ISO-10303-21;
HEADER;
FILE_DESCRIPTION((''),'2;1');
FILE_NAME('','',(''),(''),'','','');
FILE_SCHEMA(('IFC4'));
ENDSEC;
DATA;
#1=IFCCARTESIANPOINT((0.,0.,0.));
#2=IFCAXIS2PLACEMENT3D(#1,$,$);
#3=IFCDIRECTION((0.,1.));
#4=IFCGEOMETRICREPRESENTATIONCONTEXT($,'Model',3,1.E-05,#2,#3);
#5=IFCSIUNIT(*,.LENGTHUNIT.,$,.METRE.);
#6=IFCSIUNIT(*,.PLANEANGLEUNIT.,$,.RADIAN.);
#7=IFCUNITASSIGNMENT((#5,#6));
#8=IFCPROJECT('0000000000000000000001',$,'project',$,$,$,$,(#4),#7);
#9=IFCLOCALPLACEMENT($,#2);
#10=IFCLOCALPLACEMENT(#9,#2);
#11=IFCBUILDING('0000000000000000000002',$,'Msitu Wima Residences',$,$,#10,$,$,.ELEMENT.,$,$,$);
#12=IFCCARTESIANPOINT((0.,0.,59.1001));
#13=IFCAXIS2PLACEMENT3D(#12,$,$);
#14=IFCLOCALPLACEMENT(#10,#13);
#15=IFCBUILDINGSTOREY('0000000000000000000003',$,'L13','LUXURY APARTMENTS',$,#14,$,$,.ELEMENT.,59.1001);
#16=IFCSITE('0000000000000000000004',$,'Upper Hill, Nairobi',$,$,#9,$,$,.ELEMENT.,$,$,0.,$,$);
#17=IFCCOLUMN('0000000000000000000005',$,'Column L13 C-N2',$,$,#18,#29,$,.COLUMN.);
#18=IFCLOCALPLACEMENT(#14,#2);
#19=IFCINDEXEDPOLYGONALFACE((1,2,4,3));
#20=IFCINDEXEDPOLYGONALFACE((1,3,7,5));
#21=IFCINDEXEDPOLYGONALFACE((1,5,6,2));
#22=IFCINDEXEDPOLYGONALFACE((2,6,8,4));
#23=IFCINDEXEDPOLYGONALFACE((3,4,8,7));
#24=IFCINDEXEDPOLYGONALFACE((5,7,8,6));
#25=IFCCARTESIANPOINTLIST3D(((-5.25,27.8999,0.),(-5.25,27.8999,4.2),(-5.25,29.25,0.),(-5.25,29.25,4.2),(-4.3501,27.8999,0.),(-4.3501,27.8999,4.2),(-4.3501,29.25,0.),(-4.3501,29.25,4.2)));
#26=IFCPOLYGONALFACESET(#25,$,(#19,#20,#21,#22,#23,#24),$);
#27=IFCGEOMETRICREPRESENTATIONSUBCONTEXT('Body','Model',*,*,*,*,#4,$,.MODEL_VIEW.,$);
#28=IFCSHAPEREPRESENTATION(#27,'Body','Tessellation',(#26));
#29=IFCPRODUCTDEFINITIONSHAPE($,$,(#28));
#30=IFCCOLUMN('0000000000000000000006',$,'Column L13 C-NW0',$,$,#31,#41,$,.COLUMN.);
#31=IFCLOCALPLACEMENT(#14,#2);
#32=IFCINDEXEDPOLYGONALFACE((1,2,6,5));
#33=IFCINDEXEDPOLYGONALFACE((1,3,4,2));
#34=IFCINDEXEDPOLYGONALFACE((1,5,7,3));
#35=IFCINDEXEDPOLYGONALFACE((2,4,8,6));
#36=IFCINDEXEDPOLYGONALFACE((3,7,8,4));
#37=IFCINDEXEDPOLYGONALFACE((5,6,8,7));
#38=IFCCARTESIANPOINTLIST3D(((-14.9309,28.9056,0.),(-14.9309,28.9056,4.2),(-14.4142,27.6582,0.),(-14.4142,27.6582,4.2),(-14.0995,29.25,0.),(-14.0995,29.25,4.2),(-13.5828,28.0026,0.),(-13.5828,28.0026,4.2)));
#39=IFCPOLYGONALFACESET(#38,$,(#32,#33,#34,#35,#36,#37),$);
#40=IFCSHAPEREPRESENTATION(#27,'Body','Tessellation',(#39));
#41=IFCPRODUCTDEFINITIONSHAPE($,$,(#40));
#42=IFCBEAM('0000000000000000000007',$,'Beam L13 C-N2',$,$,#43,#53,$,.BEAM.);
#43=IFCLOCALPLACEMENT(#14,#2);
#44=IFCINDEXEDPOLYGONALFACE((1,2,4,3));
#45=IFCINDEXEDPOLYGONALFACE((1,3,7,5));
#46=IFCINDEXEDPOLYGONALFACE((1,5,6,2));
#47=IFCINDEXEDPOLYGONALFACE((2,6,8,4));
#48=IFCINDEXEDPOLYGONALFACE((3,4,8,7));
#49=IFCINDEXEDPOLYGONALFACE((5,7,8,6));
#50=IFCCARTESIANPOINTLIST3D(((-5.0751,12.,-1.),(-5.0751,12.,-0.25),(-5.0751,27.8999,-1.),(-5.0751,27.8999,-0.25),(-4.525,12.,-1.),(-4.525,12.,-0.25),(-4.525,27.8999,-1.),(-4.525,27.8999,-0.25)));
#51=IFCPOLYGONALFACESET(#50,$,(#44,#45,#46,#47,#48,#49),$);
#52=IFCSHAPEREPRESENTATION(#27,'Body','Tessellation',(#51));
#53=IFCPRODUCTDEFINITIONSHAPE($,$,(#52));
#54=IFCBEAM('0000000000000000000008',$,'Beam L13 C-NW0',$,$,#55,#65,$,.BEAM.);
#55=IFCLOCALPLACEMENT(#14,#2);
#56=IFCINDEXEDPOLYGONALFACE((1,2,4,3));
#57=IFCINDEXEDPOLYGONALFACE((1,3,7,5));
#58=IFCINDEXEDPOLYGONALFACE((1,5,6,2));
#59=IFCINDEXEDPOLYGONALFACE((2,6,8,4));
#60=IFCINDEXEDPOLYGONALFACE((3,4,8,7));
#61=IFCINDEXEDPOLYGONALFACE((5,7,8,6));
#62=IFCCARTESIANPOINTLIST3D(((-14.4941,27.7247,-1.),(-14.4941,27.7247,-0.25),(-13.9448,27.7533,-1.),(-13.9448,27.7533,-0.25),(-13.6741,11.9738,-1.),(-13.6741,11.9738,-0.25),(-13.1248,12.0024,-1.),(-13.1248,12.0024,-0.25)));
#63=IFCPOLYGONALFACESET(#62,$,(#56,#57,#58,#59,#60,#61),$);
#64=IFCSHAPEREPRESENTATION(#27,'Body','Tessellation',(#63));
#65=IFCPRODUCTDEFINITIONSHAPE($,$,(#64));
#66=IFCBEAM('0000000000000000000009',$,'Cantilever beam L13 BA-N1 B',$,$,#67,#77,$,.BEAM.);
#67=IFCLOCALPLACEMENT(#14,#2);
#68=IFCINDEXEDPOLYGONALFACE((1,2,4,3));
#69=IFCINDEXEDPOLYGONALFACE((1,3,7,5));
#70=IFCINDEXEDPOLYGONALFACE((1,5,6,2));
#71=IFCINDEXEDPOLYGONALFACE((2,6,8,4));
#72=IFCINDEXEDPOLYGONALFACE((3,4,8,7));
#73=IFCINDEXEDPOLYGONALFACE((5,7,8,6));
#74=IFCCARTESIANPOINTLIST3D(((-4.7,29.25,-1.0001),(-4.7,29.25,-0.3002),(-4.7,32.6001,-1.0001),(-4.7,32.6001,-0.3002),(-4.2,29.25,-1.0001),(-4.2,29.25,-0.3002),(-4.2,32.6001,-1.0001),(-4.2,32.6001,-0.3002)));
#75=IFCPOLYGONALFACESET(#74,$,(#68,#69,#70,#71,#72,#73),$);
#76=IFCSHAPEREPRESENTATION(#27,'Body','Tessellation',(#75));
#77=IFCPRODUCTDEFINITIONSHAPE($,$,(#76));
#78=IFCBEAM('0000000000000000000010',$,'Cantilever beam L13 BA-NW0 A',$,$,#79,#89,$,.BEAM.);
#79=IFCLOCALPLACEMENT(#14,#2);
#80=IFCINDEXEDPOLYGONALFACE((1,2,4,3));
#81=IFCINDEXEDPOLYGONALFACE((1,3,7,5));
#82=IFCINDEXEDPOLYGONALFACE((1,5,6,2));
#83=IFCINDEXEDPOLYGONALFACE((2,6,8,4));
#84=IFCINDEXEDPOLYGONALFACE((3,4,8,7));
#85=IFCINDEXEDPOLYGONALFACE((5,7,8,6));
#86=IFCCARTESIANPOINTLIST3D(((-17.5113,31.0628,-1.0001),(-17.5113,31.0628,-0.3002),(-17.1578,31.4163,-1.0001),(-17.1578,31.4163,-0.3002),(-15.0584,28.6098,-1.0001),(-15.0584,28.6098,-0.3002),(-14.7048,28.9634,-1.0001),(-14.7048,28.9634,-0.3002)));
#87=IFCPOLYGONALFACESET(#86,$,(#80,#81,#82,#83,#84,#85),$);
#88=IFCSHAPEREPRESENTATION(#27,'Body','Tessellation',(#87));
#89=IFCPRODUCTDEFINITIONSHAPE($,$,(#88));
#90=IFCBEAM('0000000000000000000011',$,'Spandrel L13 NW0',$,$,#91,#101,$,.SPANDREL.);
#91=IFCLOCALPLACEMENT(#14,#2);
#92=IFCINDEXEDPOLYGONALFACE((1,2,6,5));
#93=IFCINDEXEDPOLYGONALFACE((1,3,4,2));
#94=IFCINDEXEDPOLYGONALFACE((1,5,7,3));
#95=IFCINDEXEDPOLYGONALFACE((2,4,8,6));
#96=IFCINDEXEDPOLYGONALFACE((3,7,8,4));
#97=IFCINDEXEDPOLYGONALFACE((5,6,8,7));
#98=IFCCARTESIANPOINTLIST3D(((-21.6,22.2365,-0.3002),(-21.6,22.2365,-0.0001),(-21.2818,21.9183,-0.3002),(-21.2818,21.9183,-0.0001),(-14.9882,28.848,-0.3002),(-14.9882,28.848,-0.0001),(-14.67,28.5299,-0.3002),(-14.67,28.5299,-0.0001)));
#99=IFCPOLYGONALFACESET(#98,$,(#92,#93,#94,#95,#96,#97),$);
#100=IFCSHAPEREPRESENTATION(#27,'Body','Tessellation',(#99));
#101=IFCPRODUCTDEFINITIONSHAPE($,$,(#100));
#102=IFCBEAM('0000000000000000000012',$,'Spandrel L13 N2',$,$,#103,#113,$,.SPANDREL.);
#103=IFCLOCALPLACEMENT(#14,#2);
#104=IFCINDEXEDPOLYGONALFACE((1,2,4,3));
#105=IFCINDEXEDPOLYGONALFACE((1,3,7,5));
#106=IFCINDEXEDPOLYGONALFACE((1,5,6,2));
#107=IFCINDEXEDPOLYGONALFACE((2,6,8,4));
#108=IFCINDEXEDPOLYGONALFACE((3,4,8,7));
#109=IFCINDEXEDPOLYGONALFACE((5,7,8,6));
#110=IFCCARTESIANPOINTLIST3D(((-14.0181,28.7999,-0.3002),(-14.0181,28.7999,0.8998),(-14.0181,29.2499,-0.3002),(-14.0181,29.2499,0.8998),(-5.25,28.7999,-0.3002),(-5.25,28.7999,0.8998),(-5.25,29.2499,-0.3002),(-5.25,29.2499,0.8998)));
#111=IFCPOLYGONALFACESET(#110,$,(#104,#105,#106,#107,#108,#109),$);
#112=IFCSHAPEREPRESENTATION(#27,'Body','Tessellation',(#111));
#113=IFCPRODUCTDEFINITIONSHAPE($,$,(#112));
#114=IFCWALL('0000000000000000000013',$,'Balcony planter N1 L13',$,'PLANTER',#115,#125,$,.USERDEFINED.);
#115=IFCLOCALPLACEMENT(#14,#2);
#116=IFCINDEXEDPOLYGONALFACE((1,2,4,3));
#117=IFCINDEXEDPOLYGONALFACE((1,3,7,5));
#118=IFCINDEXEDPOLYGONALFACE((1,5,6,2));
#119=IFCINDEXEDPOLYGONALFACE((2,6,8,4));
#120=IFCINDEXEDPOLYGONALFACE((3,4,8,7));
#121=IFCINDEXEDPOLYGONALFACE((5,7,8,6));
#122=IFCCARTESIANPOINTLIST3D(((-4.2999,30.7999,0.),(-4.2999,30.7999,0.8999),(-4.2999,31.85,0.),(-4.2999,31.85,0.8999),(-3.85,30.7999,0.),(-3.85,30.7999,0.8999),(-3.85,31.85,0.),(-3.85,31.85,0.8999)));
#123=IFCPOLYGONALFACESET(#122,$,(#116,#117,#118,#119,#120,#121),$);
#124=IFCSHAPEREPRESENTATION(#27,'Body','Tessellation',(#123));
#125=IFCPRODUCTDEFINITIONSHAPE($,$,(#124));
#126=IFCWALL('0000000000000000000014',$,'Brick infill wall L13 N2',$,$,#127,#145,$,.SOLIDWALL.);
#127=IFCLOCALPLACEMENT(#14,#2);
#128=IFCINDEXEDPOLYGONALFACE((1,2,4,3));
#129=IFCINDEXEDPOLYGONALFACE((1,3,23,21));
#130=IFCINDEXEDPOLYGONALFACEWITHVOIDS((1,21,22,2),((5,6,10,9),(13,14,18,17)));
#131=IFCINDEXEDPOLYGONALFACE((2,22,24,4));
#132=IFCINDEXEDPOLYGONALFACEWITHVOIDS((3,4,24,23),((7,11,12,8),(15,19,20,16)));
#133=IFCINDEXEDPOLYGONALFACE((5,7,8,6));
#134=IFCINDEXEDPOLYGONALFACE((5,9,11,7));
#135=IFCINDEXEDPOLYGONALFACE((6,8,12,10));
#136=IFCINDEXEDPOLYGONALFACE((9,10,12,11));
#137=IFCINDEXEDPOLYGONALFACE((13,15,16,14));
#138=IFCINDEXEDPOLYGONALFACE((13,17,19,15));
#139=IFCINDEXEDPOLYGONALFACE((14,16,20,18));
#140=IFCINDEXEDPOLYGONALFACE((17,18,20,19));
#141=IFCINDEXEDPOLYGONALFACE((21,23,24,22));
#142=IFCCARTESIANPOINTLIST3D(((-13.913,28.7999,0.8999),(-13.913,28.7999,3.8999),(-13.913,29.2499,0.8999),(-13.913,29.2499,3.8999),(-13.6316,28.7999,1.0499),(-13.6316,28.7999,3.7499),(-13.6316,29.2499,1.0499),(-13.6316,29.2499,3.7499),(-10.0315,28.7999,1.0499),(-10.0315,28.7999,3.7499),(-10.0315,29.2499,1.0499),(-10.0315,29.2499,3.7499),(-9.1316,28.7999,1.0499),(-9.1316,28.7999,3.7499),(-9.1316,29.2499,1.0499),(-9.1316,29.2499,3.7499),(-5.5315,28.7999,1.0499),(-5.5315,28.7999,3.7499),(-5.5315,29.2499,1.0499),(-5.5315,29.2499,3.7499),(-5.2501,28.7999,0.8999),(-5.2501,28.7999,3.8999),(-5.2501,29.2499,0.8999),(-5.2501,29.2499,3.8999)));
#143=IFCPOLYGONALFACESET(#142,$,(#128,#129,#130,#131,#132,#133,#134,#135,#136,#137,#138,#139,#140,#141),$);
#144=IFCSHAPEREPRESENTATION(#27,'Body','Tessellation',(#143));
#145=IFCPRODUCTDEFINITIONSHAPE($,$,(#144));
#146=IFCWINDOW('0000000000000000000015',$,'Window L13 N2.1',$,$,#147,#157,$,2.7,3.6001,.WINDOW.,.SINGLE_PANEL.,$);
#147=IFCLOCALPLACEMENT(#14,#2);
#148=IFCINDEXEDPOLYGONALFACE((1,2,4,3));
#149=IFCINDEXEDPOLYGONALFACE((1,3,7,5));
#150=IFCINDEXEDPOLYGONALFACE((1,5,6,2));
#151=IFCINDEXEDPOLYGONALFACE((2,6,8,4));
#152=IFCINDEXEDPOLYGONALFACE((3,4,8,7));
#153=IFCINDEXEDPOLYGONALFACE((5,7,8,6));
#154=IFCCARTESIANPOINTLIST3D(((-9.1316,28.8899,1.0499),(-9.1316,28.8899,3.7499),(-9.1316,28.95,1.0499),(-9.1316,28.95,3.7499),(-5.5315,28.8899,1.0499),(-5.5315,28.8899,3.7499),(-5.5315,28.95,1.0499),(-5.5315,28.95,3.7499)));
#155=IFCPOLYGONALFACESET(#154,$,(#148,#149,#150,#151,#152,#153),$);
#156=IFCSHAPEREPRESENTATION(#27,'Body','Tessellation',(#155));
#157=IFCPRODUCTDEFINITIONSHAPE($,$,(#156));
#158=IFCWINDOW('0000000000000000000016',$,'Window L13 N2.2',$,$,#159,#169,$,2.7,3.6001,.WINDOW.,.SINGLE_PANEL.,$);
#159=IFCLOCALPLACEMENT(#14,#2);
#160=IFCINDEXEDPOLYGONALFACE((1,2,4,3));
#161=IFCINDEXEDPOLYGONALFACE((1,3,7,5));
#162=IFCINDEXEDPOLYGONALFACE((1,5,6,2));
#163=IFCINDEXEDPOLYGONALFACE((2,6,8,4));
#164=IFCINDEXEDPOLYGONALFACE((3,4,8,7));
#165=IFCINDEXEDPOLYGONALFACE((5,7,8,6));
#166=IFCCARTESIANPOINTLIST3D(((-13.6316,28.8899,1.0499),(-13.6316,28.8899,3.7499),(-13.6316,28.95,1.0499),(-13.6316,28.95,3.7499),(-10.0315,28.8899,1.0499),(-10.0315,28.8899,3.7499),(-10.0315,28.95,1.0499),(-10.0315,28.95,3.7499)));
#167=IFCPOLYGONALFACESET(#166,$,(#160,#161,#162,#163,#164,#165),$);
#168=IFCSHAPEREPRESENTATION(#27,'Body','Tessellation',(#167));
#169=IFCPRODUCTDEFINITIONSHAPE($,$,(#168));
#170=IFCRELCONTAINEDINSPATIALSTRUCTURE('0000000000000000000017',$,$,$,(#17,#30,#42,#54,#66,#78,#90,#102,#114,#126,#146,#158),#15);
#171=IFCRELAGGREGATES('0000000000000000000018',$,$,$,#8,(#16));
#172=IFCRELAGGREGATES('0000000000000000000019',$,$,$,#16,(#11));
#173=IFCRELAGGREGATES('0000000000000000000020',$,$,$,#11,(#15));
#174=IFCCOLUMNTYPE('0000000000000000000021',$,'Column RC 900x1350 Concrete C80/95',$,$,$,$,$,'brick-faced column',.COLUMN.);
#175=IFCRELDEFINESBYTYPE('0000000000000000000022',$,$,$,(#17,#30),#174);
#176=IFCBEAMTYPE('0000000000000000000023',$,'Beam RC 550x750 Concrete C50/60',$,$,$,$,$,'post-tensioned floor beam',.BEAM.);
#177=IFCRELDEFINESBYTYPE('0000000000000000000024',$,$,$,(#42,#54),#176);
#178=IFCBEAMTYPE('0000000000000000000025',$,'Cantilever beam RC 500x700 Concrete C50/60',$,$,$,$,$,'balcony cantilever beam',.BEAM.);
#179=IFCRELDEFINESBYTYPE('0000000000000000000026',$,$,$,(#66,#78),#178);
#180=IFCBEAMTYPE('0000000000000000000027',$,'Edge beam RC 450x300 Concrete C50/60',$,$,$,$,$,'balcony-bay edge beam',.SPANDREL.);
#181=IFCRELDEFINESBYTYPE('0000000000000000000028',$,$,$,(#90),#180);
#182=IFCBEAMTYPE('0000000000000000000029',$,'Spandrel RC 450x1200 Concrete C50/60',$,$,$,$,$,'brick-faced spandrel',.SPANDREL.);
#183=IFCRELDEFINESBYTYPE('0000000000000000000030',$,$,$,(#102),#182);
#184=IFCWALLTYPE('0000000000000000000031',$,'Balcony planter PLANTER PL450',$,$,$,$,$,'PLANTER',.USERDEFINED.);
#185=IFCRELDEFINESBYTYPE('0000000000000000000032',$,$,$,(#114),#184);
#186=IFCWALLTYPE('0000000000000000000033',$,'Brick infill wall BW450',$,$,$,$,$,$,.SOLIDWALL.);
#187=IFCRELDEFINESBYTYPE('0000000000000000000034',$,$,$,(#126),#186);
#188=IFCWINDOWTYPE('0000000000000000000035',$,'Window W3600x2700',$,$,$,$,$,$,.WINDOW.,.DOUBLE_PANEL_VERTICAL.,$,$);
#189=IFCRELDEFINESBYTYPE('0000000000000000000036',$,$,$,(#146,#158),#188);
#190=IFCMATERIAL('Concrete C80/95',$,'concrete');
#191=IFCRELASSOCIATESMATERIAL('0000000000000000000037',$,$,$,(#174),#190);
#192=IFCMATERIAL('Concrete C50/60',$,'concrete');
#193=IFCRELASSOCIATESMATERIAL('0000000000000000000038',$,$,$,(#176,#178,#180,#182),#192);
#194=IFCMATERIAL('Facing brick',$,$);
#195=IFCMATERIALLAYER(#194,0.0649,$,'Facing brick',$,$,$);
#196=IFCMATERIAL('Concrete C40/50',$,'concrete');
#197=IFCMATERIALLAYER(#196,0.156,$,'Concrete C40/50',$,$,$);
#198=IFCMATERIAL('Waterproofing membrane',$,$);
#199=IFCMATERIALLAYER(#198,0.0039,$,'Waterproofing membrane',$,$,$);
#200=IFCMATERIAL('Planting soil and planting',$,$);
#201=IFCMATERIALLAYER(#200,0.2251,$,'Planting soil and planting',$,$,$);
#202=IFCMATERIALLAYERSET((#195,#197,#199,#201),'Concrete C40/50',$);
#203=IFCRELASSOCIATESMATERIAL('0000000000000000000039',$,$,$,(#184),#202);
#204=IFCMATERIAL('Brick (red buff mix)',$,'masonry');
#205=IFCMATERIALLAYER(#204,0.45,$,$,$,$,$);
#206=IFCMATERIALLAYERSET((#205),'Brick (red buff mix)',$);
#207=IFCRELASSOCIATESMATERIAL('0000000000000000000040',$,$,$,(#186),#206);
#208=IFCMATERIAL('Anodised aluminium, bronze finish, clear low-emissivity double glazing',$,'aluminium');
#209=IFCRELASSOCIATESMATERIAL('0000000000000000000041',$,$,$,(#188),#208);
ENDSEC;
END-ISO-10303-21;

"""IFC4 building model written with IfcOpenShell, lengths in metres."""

from ifc_helpers import new_model, si_unit, direction, frame, frame_2d, origin, origin_2d, place, context, subcontext, project, spatial, rectangle, extrude, material, layer, layer_set, material_profile, profile_set, type_object, element, fill, save


model = new_model("IFC4")

# Units and contexts
model_context = context("Model", 3, precision=1e-05, world=origin(), true_north=direction((0.0, 1.0)))
body_context = subcontext(model_context, "Body", "Model", "MODEL_VIEW")
ifc_project = project(units=[si_unit("LENGTHUNIT", "METRE"), si_unit("PLANEANGLEUNIT", "RADIAN")], contexts=[model_context])

# Site, building, storey
site_placement = place(None, origin())
site = spatial("IfcSite", under=ifc_project, at=site_placement, Name="Upper Hill, Nairobi", CompositionType="ELEMENT", RefElevation=0.0)
building_placement = place(site_placement, origin())
building = spatial("IfcBuilding", under=site, at=building_placement, Name="Msitu Wima Residences", CompositionType="ELEMENT")
storey_placement = place(building_placement, frame((0.0, 0.0, 59.1001)))
storey = spatial("IfcBuildingStorey", under=building, at=storey_placement, Name="L13", Description="LUXURY APARTMENTS", CompositionType="ELEMENT", Elevation=59.1001)

# Columns
ifc_material_1 = material(Name="Concrete C80/95", Category="concrete")
ifc_material_profile_1 = material_profile(ifc_material_1, rectangle(XDim=0.8999, YDim=1.3501, at=origin_2d()), Name="RC 900x1350")
ifc_profile_set_1 = profile_set([ifc_material_profile_1], Name="Concrete C80/95")
column_type = type_object("IfcColumnType", Name="Column RC 900x1350 Concrete C80/95", ElementType="brick-faced column", PredefinedType="COLUMN", material=ifc_profile_set_1)
for number, where, z_axis, x_axis, name in (
    (1, (-4.8, 28.575, 0.0), (0.0, 0.0, 1.0), (-1.0, 0.0, 0.0), "Column L13 C-N2"),
    (2, (-14.2568, 28.4541, 0.0), (0.0, 0.0, 1.0), (-0.92388, -0.382683, 0.0), "Column L13 C-NW0"),
):
    element("IfcColumn", number, at=place(storey_placement, frame(where, z_axis=z_axis, x_axis=x_axis)), inside=storey, type_object=column_type, Name=name, PredefinedType="COLUMN", context=body_context, shape_type="SweptSolid", body=[
        extrude(rectangle(XDim=0.8999, YDim=1.3501, at=origin_2d()), origin(), (0.0, 0.0, 1.0), 4.2),
    ])

# Beams
ifc_material_2 = material(Name="Concrete C50/60", Category="concrete")
ifc_material_profile_2 = material_profile(ifc_material_2, rectangle(XDim=0.55, YDim=0.75, at=origin_2d()), Name="RC 550x750")
ifc_profile_set_2 = profile_set([ifc_material_profile_2], Name="Concrete C50/60")
beam_type_1 = type_object("IfcBeamType", Name="Beam RC 550x750 Concrete C50/60", ElementType="post-tensioned floor beam", PredefinedType="BEAM", material=ifc_profile_set_2)
beam_1_placement = place(storey_placement, frame((-4.8, 27.8999, -0.625), z_axis=(0.0, -1.0, 0.0), x_axis=(1.0, 0.0, 0.0)))
element("IfcBeam", 3, at=beam_1_placement, inside=storey, type_object=beam_type_1, Name="Beam L13 C-N2", PredefinedType="BEAM", context=body_context, shape_type="SweptSolid", body=[
    extrude(rectangle(XDim=0.55, YDim=0.75, at=origin_2d()), origin(), (0.0, 0.0, 1.0), 15.8999),
])
beam_2_placement = place(storey_placement, frame((-14.2195, 27.739, -0.625), z_axis=(0.051994, -0.998647, 0.0), x_axis=(0.998647, 0.051994, 0.0)))
element("IfcBeam", 4, at=beam_2_placement, inside=storey, type_object=beam_type_1, Name="Beam L13 C-NW0", PredefinedType="BEAM", context=body_context, shape_type="SweptSolid", body=[
    extrude(rectangle(XDim=0.55, YDim=0.75, at=origin_2d()), origin(), (0.0, 0.0, 1.0), 15.7722),
])
ifc_material_profile_3 = material_profile(ifc_material_2, rectangle(XDim=0.5, YDim=0.7, at=origin_2d()), Name="RC 500x700")
ifc_profile_set_3 = profile_set([ifc_material_profile_3], Name="Concrete C50/60")
beam_type_2 = type_object("IfcBeamType", Name="Cantilever beam RC 500x700 Concrete C50/60", ElementType="balcony cantilever beam", PredefinedType="BEAM", material=ifc_profile_set_3)
beam_3_placement = place(storey_placement, frame((-4.45, 29.25, -0.6501), z_axis=(0.0, 1.0, 0.0), x_axis=(-1.0, 0.0, 0.0)))
element("IfcBeam", 5, at=beam_3_placement, inside=storey, type_object=beam_type_2, Name="Cantilever beam L13 BA-N1 B", PredefinedType="BEAM", context=body_context, shape_type="SweptSolid", body=[
    extrude(rectangle(XDim=0.5, YDim=0.7, at=origin_2d()), origin(), (0.0, 0.0, 1.0), 3.3501),
])
beam_4_placement = place(storey_placement, frame((-14.8816, 28.7866, -0.6501), z_axis=(-0.707107, 0.707107, 0.0), x_axis=(-0.707107, -0.707107, 0.0)))
element("IfcBeam", 6, at=beam_4_placement, inside=storey, type_object=beam_type_2, Name="Cantilever beam L13 BA-NW0 A", PredefinedType="BEAM", context=body_context, shape_type="SweptSolid", body=[
    extrude(rectangle(XDim=0.5, YDim=0.7, at=origin_2d()), origin(), (0.0, 0.0, 1.0), 3.469),
])
ifc_material_profile_4 = material_profile(ifc_material_2, rectangle(XDim=0.45, YDim=0.3, at=origin_2d()), Name="RC 450x300")
ifc_profile_set_4 = profile_set([ifc_material_profile_4], Name="Concrete C50/60")
beam_type_3 = type_object("IfcBeamType", Name="Edge beam RC 450x300 Concrete C50/60", ElementType="balcony-bay edge beam", PredefinedType="SPANDREL", material=ifc_profile_set_4)
beam_5_placement = place(storey_placement, frame((-14.8291, 28.689, -0.1501), z_axis=(-0.70712, -0.707094, 0.0), x_axis=(0.707094, -0.70712, 0.0)))
element("IfcBeam", 7, at=beam_5_placement, inside=storey, type_object=beam_type_3, Name="Spandrel L13 NW0", PredefinedType="SPANDREL", context=body_context, shape_type="SweptSolid", body=[
    extrude(rectangle(XDim=0.45, YDim=0.3, at=origin_2d()), origin(), (0.0, 0.0, 1.0), 9.3503),
])
ifc_material_profile_5 = material_profile(ifc_material_2, rectangle(XDim=0.45, YDim=1.2, at=origin_2d()), Name="RC 450x1200")
ifc_profile_set_5 = profile_set([ifc_material_profile_5], Name="Concrete C50/60")
beam_type_4 = type_object("IfcBeamType", Name="Spandrel RC 450x1200 Concrete C50/60", ElementType="brick-faced spandrel", PredefinedType="SPANDREL", material=ifc_profile_set_5)
beam_6_placement = place(storey_placement, frame((-5.25, 29.0249, 0.2998), z_axis=(-1.0, 0.0, 0.0), x_axis=(0.0, -1.0, 0.0)))
element("IfcBeam", 8, at=beam_6_placement, inside=storey, type_object=beam_type_4, Name="Spandrel L13 N2", PredefinedType="SPANDREL", context=body_context, shape_type="SweptSolid", body=[
    extrude(rectangle(XDim=0.45, YDim=1.2, at=origin_2d()), origin(), (0.0, 0.0, 1.0), 8.7681),
])

# Wall
ifc_material_3 = material(Name="Facing brick")
ifc_layer_1 = layer(ifc_material_3, 0.0649, Name="Facing brick")
ifc_material_4 = material(Name="Concrete C40/50", Category="concrete")
ifc_layer_2 = layer(ifc_material_4, 0.156, Name="Concrete C40/50")
ifc_material_5 = material(Name="Waterproofing membrane")
ifc_layer_3 = layer(ifc_material_5, 0.0039, Name="Waterproofing membrane")
ifc_material_6 = material(Name="Planting soil and planting")
ifc_layer_4 = layer(ifc_material_6, 0.2251, Name="Planting soil and planting")
ifc_layer_set_1 = layer_set([ifc_layer_1, ifc_layer_2, ifc_layer_3, ifc_layer_4], Name="Concrete C40/50")
wall_type_1 = type_object("IfcWallType", Name="Balcony planter PLANTER PL450", ElementType="PLANTER", PredefinedType="USERDEFINED", material=ifc_layer_set_1)
wall_1_placement = place(storey_placement, frame((-4.075, 30.8, 0.0), z_axis=(0.0, 0.0, 1.0), x_axis=(0.0, 1.0, 0.0)))
element("IfcWall", 9, at=wall_1_placement, inside=storey, type_object=wall_type_1, Name="Balcony planter N1 L13", ObjectType="PLANTER", PredefinedType="USERDEFINED", context=body_context, shape_type="SweptSolid", body=[
    extrude(rectangle(XDim=1.05, YDim=0.45, at=frame_2d((0.5249, 0.0))), origin(), (0.0, 0.0, 1.0), 0.8999),
])

# Wall, openings, windows
ifc_material_7 = material(Name="Brick (red buff mix)", Category="masonry")
ifc_layer_5 = layer(ifc_material_7, 0.45)
ifc_layer_set_2 = layer_set([ifc_layer_5], Name="Brick (red buff mix)")
wall_type_2 = type_object("IfcWallType", Name="Brick infill wall BW450", PredefinedType="SOLIDWALL", material=ifc_layer_set_2)
wall_2_placement = place(storey_placement, frame((-5.25, 29.0249, 0.8999), z_axis=(0.0, 0.0, 1.0), x_axis=(-1.0, 0.0, 0.0)))
wall_2 = element("IfcWall", 10, at=wall_2_placement, inside=storey, type_object=wall_type_2, Name="Brick infill wall L13 N2", PredefinedType="SOLIDWALL", context=body_context, shape_type="SweptSolid", body=[
    extrude(rectangle(XDim=8.6628, YDim=0.45, at=frame_2d((4.3315, 0.0))), origin(), (0.0, 0.0, 1.0), 3.0),
])
opening_1_placement = place(wall_2_placement, frame((0.2815, 0.0, 0.1499)))
opening_1 = element("IfcOpeningElement", 11, at=opening_1_placement, cuts=wall_2, PredefinedType="OPENING", context=body_context, shape_type="SweptSolid", body=[
    extrude(rectangle(XDim=3.6001, YDim=2.7, at=frame_2d((1.8, 1.3501))), frame((0.0, 0.2349, 0.0), z_axis=(0.0, -1.0, 0.0), x_axis=(1.0, 0.0, 0.0)), (0.0, 0.0, 1.0), 0.47),
])
opening_2_placement = place(wall_2_placement, frame((4.7815, 0.0, 0.1499)))
opening_2 = element("IfcOpeningElement", 12, at=opening_2_placement, cuts=wall_2, PredefinedType="OPENING", context=body_context, shape_type="SweptSolid", body=[
    extrude(rectangle(XDim=3.6001, YDim=2.7, at=frame_2d((1.8, 1.3501))), frame((0.0, 0.2349, 0.0), z_axis=(0.0, -1.0, 0.0), x_axis=(1.0, 0.0, 0.0)), (0.0, 0.0, 1.0), 0.47),
])
ifc_material_8 = material(Name="Anodised aluminium, bronze finish, clear low-emissivity double glazing", Category="aluminium")
window_type = type_object("IfcWindowType", Name="Window W3600x2700", PartitioningType="DOUBLE_PANEL_VERTICAL", PredefinedType="WINDOW", material=ifc_material_8)
window_1_placement = place(opening_1_placement, origin())
window_1 = element("IfcWindow", 13, at=window_1_placement, inside=storey, type_object=window_type, Name="Window L13 N2.1", OverallHeight=2.7, OverallWidth=3.6001, PartitioningType="SINGLE_PANEL", PredefinedType="WINDOW", context=body_context, shape_type="SweptSolid", body=[
    extrude(rectangle(XDim=3.6001, YDim=2.7, at=frame_2d((1.8, 1.3501))), frame((0.0, 0.135, 0.0), z_axis=(0.0, -1.0, 0.0), x_axis=(1.0, 0.0, 0.0)), (0.0, 0.0, 1.0), 0.0601),
])
fill(opening_1, window_1)
window_2_placement = place(opening_2_placement, origin())
window_2 = element("IfcWindow", 14, at=window_2_placement, inside=storey, type_object=window_type, Name="Window L13 N2.2", OverallHeight=2.7, OverallWidth=3.6001, PartitioningType="SINGLE_PANEL", PredefinedType="WINDOW", context=body_context, shape_type="SweptSolid", body=[
    extrude(rectangle(XDim=3.6001, YDim=2.7, at=frame_2d((1.8, 1.3501))), frame((0.0, 0.135, 0.0), z_axis=(0.0, -1.0, 0.0), x_axis=(1.0, 0.0, 0.0)), (0.0, 0.0, 1.0), 0.0601),
])
fill(opening_2, window_2)

save(model, "model.ifc")
